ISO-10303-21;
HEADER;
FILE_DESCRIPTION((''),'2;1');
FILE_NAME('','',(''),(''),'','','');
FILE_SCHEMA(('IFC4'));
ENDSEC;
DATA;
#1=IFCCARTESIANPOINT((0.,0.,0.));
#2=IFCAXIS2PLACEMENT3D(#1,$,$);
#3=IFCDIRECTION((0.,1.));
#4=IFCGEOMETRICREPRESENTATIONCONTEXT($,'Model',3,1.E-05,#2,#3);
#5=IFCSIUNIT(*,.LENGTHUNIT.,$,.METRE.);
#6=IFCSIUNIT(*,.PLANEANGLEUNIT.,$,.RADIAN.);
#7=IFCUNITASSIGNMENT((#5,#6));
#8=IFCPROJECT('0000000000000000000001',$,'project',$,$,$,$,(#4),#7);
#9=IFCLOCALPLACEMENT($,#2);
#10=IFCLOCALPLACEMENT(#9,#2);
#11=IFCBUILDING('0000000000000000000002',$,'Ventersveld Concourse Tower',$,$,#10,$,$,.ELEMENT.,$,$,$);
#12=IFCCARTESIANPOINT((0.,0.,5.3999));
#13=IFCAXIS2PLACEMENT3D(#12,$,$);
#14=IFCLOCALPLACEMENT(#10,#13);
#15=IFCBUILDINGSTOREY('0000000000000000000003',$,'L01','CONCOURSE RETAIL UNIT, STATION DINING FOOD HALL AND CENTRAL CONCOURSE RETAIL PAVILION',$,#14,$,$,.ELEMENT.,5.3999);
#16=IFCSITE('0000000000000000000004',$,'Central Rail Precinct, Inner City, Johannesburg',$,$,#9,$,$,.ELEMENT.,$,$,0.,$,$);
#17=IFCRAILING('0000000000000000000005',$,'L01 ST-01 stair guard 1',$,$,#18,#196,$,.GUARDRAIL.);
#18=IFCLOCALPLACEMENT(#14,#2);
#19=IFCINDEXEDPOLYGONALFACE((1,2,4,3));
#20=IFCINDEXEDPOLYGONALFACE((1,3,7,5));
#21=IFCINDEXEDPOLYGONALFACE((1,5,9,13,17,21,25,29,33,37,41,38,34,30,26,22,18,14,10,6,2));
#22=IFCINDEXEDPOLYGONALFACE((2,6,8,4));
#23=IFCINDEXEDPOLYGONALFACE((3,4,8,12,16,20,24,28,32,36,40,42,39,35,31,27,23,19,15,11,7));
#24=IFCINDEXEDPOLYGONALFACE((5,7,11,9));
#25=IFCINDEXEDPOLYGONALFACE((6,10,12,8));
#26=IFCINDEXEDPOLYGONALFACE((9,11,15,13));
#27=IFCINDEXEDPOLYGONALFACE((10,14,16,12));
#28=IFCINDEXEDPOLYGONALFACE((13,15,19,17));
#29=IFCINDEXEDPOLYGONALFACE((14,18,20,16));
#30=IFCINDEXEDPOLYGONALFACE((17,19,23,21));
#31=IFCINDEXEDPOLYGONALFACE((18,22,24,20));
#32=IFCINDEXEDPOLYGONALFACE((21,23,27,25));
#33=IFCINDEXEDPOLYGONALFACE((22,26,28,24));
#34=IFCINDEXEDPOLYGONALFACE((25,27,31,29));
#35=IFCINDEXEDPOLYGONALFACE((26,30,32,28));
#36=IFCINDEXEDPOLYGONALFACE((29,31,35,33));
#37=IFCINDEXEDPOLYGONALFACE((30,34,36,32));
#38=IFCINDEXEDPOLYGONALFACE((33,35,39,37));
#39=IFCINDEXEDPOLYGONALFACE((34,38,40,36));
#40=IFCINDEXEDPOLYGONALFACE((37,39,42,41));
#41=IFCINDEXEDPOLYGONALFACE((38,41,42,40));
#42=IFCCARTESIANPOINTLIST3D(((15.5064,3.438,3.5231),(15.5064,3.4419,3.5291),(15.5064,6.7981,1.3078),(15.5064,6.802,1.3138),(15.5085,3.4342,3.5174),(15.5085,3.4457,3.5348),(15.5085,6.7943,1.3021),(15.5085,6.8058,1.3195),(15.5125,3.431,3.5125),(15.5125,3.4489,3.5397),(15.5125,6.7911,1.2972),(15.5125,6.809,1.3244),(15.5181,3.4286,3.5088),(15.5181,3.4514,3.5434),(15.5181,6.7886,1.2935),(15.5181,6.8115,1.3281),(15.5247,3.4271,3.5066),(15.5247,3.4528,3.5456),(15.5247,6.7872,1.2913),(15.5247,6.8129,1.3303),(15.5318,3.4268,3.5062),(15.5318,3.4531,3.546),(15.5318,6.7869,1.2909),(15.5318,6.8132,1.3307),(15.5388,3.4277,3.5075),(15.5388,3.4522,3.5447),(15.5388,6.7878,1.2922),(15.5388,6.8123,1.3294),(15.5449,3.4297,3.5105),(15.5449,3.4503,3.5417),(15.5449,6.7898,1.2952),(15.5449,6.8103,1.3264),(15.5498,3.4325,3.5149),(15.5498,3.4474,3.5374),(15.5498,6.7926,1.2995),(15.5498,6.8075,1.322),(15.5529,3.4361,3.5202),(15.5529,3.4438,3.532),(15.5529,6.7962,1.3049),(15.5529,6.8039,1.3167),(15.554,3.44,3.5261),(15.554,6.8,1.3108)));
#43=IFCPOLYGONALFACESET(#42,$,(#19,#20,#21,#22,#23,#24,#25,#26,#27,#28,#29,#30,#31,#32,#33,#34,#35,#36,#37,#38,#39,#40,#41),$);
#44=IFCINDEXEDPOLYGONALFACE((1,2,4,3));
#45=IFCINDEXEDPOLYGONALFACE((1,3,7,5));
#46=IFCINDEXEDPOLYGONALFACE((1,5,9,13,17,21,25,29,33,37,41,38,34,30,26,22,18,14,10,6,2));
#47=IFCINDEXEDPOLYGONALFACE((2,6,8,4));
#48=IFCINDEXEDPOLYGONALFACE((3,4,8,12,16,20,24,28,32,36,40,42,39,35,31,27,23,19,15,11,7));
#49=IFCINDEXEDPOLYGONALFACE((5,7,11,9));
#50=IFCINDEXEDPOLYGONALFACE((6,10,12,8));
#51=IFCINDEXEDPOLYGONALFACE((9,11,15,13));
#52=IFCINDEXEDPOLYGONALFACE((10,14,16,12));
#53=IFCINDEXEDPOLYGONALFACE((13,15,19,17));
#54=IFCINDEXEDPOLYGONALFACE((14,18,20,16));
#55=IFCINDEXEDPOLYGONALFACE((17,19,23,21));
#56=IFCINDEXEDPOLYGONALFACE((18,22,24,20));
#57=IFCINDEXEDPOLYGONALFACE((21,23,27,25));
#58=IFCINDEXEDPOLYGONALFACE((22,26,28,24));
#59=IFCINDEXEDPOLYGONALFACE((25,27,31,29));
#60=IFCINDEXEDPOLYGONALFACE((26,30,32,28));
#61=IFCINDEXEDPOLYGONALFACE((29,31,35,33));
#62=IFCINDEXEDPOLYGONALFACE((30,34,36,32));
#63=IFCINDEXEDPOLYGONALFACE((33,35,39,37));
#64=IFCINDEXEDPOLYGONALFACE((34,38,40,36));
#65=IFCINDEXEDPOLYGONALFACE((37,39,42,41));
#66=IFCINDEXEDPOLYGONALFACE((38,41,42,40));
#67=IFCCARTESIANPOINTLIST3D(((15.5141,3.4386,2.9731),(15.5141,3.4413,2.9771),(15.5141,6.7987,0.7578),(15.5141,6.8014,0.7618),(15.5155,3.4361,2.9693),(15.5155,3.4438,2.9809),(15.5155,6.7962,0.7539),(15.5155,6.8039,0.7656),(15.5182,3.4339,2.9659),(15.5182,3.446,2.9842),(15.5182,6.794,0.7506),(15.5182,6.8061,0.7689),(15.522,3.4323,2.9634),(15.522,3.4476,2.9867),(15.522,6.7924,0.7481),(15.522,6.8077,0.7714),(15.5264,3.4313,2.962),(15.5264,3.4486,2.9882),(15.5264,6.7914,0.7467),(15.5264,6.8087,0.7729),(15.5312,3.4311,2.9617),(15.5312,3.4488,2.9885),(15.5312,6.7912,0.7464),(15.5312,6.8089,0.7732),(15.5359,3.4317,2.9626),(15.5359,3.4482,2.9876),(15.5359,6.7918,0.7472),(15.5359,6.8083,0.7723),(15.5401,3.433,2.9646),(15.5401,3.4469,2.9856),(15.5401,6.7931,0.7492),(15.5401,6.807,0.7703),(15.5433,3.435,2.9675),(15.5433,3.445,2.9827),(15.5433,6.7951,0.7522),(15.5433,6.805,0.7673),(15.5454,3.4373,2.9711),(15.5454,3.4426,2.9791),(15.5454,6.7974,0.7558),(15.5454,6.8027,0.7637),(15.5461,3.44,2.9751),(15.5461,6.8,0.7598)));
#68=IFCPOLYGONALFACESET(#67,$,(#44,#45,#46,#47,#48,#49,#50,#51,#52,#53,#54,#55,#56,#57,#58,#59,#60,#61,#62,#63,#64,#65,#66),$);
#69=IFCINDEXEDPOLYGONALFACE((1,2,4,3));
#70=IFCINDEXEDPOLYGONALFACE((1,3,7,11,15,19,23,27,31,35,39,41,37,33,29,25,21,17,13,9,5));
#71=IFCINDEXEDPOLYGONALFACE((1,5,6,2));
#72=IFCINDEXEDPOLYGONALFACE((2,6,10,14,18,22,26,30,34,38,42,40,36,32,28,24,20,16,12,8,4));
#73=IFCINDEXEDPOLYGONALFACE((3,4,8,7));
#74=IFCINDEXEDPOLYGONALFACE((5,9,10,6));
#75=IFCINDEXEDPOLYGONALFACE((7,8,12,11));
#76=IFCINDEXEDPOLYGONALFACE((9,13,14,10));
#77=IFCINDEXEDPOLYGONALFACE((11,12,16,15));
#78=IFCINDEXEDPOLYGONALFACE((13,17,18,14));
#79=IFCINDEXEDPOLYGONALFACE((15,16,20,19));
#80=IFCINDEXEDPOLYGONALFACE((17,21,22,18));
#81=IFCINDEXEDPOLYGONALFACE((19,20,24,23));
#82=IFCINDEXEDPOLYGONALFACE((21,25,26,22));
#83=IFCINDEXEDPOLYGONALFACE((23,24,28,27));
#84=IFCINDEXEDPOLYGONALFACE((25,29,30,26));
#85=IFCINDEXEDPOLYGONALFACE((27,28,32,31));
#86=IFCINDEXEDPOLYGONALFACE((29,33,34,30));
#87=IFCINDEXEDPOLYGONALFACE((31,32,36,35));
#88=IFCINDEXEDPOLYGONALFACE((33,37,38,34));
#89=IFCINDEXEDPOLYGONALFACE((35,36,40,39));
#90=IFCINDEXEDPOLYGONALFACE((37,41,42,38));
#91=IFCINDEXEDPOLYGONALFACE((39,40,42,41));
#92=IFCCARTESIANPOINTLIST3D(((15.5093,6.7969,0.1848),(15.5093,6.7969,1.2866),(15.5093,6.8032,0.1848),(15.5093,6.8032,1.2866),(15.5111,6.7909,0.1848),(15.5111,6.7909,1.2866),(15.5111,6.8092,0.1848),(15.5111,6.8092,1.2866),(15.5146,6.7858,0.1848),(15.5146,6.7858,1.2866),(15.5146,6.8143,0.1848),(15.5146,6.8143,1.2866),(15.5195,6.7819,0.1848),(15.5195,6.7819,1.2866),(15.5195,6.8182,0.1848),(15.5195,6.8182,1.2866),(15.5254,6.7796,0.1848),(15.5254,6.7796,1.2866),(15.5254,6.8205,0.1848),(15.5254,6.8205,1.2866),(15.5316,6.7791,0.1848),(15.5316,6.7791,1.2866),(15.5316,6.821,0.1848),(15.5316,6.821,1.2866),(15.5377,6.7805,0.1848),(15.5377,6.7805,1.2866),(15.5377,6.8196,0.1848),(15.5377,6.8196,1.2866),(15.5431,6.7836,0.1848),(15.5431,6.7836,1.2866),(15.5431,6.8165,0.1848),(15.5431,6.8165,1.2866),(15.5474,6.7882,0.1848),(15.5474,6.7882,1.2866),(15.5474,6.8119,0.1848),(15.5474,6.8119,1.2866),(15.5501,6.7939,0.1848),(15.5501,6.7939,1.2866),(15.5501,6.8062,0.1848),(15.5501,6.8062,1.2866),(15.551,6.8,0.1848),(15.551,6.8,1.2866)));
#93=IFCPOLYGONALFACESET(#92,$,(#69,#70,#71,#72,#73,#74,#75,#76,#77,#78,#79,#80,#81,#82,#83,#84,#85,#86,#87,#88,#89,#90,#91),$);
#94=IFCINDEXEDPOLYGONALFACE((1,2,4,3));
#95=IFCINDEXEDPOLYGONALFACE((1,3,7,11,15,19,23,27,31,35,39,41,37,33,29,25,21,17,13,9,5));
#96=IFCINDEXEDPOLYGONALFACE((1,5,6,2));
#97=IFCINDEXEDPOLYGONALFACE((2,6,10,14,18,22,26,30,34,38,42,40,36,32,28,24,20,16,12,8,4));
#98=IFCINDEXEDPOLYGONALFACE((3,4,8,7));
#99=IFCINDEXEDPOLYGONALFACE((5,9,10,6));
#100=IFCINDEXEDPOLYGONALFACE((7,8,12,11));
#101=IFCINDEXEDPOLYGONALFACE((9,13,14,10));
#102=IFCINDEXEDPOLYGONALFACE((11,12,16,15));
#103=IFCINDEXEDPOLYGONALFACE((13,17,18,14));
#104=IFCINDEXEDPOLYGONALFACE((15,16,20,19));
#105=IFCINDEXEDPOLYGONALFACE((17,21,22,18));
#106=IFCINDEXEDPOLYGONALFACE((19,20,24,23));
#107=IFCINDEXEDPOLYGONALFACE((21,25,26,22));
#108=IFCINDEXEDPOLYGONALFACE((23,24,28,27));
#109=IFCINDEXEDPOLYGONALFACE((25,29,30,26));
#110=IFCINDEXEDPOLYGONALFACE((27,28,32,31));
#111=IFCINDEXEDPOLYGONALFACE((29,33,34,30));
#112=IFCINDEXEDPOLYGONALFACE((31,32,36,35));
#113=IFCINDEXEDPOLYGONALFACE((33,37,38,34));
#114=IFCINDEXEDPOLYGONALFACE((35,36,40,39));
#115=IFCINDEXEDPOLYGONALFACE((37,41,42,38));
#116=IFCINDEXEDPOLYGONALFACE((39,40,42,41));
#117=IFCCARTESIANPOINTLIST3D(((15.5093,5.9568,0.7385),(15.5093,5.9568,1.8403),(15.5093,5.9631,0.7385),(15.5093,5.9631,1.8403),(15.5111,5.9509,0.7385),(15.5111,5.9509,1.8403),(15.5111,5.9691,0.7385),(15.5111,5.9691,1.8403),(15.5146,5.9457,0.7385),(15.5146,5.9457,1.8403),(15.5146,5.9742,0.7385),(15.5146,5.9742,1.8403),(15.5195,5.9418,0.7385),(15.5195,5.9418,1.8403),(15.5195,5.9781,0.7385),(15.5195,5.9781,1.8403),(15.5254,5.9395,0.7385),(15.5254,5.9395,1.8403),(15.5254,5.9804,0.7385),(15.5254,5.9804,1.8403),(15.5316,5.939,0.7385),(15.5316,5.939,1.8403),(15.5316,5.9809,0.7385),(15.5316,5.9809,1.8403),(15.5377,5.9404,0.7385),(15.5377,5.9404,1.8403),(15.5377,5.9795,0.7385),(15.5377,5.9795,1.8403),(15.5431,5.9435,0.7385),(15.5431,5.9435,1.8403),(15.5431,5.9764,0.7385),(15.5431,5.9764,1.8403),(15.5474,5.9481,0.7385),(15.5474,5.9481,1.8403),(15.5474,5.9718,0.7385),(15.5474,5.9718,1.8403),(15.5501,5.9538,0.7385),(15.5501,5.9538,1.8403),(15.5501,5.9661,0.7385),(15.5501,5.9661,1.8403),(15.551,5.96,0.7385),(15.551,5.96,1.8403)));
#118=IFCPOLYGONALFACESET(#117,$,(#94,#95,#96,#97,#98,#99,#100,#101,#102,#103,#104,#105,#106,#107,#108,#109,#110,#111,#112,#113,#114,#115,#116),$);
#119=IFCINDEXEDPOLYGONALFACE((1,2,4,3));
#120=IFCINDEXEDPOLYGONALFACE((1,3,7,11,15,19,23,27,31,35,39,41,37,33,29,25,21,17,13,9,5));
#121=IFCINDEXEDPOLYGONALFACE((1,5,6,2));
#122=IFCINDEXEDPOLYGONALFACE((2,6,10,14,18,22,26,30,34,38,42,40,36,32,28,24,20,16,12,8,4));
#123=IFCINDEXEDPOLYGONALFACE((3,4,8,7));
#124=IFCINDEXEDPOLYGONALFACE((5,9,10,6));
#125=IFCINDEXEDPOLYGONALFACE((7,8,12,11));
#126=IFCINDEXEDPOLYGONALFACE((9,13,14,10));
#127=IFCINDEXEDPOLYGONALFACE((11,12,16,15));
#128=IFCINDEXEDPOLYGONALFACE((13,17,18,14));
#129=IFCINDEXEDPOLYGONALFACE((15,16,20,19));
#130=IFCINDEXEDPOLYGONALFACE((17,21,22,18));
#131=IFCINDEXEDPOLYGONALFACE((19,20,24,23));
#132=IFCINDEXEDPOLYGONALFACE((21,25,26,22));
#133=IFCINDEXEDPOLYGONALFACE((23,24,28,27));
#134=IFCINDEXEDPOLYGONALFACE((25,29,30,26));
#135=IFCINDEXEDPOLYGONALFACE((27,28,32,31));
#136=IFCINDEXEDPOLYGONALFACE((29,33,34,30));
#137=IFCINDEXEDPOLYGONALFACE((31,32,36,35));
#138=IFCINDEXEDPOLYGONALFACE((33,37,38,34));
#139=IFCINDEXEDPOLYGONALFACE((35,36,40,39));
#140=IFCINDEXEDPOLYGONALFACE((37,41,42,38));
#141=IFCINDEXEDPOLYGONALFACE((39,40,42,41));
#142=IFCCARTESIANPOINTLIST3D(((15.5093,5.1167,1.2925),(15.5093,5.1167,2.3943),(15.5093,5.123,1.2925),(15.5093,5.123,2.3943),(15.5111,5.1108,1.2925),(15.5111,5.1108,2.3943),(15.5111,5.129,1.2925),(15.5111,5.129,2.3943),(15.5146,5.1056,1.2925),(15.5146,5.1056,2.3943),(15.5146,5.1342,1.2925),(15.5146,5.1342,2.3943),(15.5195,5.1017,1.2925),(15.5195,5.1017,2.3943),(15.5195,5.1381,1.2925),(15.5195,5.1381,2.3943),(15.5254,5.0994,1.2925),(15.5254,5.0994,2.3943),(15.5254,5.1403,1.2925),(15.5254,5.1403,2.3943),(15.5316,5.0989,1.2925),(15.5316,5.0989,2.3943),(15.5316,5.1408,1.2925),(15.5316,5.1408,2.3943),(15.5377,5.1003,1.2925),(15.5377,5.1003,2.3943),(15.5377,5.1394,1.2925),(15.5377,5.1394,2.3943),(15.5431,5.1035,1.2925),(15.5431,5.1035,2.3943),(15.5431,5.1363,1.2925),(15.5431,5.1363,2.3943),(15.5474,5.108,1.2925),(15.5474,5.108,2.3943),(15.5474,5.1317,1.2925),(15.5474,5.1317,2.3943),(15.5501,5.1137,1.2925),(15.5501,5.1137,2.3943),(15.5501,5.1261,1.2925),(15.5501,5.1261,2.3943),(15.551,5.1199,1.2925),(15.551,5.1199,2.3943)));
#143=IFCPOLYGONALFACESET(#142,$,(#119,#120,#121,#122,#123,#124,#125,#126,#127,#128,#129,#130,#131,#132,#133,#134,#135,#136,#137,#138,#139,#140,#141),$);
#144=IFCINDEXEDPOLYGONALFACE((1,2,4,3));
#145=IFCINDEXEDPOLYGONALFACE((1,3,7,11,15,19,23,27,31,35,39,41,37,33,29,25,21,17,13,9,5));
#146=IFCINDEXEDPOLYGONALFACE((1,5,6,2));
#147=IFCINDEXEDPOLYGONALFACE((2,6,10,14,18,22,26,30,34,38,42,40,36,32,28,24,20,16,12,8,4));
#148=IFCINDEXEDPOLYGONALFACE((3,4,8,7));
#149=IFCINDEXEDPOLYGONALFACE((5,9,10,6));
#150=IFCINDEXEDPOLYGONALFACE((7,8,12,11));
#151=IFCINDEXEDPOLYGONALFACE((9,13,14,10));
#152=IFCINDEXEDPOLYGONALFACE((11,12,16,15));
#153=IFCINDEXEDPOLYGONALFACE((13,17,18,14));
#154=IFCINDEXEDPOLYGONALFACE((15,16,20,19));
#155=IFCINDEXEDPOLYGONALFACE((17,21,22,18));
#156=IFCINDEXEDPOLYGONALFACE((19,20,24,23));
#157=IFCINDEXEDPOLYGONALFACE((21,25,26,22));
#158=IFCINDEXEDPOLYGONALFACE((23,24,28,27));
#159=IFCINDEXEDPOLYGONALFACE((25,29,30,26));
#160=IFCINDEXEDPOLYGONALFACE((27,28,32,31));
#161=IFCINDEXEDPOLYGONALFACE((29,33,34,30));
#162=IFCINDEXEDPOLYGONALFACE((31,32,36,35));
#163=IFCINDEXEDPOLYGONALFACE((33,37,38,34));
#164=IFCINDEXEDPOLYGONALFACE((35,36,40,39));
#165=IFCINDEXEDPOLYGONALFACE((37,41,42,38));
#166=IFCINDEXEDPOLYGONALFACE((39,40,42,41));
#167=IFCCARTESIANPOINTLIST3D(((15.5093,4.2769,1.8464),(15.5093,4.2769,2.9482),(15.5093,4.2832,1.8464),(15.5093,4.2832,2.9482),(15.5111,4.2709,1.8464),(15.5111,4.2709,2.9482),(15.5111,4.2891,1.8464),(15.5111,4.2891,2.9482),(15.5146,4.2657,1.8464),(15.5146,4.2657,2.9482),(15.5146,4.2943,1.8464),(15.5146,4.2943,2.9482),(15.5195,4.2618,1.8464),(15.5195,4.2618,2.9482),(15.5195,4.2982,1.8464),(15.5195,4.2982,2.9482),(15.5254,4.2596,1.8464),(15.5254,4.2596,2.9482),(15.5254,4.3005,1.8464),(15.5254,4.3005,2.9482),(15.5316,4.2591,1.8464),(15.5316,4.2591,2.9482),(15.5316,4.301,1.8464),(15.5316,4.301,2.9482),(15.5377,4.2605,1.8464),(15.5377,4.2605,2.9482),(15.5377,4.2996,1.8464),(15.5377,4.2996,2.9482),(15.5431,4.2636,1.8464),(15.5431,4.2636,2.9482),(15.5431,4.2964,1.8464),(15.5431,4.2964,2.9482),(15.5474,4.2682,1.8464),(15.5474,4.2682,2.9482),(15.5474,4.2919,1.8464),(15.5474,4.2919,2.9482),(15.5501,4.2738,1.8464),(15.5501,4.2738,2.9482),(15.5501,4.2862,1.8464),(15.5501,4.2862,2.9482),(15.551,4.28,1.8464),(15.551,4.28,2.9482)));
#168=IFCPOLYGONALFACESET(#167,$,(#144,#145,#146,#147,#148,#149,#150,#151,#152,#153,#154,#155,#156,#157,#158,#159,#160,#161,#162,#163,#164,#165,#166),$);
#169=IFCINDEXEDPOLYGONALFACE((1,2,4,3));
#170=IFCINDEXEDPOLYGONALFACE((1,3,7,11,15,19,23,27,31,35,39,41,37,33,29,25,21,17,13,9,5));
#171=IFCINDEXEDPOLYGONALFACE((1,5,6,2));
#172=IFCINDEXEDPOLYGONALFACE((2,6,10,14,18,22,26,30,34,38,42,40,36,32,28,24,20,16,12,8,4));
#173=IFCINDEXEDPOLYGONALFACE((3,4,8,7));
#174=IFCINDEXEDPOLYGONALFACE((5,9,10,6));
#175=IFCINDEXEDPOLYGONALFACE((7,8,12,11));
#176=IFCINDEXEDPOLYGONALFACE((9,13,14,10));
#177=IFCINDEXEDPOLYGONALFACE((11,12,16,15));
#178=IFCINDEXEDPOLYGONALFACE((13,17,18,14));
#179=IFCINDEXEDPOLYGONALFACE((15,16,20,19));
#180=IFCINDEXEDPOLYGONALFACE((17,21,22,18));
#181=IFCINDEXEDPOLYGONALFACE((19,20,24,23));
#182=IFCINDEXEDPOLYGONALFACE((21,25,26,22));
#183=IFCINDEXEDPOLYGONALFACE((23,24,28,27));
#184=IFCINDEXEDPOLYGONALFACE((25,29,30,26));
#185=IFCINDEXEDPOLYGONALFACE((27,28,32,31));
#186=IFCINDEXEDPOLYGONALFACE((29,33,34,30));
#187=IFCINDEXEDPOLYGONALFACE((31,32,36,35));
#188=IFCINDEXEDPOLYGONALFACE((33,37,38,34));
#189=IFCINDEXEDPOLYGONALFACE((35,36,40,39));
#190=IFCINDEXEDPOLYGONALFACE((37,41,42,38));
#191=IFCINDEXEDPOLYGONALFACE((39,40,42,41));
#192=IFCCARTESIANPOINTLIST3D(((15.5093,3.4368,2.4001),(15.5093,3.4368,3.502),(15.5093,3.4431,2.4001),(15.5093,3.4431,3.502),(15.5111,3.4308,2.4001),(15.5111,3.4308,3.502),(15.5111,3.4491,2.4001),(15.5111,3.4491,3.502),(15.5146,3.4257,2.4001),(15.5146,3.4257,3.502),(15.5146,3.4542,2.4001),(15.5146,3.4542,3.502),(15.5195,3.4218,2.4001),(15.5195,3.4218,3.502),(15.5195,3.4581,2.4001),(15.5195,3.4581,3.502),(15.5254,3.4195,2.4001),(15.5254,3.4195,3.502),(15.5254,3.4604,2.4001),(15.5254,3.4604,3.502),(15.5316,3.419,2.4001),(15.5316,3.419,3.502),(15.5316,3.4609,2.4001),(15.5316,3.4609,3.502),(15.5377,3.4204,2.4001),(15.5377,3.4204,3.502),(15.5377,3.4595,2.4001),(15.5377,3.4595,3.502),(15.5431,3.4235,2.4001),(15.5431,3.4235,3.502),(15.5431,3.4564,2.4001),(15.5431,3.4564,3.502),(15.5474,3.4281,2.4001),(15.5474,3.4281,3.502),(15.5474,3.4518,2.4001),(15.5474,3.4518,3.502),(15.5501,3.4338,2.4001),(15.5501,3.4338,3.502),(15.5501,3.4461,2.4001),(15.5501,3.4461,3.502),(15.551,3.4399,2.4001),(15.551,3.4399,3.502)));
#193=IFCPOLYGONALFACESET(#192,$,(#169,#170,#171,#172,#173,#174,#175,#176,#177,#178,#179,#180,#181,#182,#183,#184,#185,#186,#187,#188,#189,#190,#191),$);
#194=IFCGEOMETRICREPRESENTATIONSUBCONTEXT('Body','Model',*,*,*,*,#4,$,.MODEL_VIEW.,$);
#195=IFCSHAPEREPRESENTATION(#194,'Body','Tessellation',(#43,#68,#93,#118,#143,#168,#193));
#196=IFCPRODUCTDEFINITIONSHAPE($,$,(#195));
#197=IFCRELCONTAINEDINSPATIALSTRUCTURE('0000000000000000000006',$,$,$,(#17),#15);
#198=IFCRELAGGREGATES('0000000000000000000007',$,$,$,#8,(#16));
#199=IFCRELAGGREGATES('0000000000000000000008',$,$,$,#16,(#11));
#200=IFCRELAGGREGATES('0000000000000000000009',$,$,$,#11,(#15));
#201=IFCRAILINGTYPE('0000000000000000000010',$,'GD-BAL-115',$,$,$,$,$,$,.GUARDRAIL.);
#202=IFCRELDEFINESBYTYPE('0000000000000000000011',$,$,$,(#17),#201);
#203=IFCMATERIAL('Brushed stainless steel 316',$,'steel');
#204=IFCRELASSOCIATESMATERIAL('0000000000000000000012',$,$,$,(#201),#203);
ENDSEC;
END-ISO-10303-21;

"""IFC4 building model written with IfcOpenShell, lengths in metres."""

from ifc_helpers import new_model, si_unit, direction, frame, origin, origin_2d, place, context, subcontext, project, spatial, circle, extrude, material, type_object, element, save


model = new_model("IFC4")

# Units and contexts
model_context = context("Model", 3, precision=1e-05, world=origin(), true_north=direction((0.0, 1.0)))
body_context = subcontext(model_context, "Body", "Model", "MODEL_VIEW")
ifc_project = project(units=[si_unit("LENGTHUNIT", "METRE"), si_unit("PLANEANGLEUNIT", "RADIAN")], contexts=[model_context])

# Site, building, storey
site_placement = place(None, origin())
site = spatial("IfcSite", under=ifc_project, at=site_placement, Name="Central Rail Precinct, Inner City, Johannesburg", CompositionType="ELEMENT", RefElevation=0.0)
building_placement = place(site_placement, origin())
building = spatial("IfcBuilding", under=site, at=building_placement, Name="Ventersveld Concourse Tower", CompositionType="ELEMENT")
storey_placement = place(building_placement, frame((0.0, 0.0, 5.3999)))
storey = spatial("IfcBuildingStorey", under=building, at=storey_placement, Name="L01", Description="CONCOURSE RETAIL UNIT, STATION DINING FOOD HALL AND CENTRAL CONCOURSE RETAIL PAVILION", CompositionType="ELEMENT", Elevation=5.3999)

# Shared definitions
ifc_material_1 = material(Name="Brushed stainless steel 316", Category="steel")

# Railing
railing_type_1 = type_object("IfcRailingType", Name="GD-BAL-115", PredefinedType="GUARDRAIL", material=ifc_material_1)
railing_1_placement = place(storey_placement, frame((15.53, 6.8, 0.1848)))
element("IfcRailing", 1, at=railing_1_placement, inside=storey, type_object=railing_type_1, Name="L01 ST-01 stair guard 1", PredefinedType="GUARDRAIL", context=body_context, shape_type="SweptSolid", body=[
    extrude(circle(Radius=0.0239, at=origin_2d()), frame((0.0, 0.0, 1.126), z_axis=(0.0, -0.834876, 0.550437), x_axis=(1.0, 0.0, 0.0)), (0.0, 0.0, 1.0), 4.0247),
    extrude(circle(Radius=0.0161, at=origin_2d()), frame((0.0, 0.0, 0.575), z_axis=(0.0, -0.834876, 0.550437), x_axis=(1.0, 0.0, 0.0)), (0.0, 0.0, 1.0), 4.0247),
    extrude(circle(Radius=0.021, at=origin_2d()), origin(), (0.0, 0.0, 1.0), 1.1018),
    extrude(circle(Radius=0.021, at=origin_2d()), frame((0.0, -0.8401, 0.5537)), (0.0, 0.0, 1.0), 1.1018),
    extrude(circle(Radius=0.021, at=origin_2d()), frame((0.0, -1.6802, 1.1077)), (0.0, 0.0, 1.0), 1.1018),
    extrude(circle(Radius=0.021, at=origin_2d()), frame((0.0, -2.52, 1.6616)), (0.0, 0.0, 1.0), 1.1018),
    extrude(circle(Radius=0.021, at=origin_2d()), frame((0.0, -3.3601, 2.2153)), (0.0, 0.0, 1.0), 1.1018),
])

save(model, "model.ifc")
